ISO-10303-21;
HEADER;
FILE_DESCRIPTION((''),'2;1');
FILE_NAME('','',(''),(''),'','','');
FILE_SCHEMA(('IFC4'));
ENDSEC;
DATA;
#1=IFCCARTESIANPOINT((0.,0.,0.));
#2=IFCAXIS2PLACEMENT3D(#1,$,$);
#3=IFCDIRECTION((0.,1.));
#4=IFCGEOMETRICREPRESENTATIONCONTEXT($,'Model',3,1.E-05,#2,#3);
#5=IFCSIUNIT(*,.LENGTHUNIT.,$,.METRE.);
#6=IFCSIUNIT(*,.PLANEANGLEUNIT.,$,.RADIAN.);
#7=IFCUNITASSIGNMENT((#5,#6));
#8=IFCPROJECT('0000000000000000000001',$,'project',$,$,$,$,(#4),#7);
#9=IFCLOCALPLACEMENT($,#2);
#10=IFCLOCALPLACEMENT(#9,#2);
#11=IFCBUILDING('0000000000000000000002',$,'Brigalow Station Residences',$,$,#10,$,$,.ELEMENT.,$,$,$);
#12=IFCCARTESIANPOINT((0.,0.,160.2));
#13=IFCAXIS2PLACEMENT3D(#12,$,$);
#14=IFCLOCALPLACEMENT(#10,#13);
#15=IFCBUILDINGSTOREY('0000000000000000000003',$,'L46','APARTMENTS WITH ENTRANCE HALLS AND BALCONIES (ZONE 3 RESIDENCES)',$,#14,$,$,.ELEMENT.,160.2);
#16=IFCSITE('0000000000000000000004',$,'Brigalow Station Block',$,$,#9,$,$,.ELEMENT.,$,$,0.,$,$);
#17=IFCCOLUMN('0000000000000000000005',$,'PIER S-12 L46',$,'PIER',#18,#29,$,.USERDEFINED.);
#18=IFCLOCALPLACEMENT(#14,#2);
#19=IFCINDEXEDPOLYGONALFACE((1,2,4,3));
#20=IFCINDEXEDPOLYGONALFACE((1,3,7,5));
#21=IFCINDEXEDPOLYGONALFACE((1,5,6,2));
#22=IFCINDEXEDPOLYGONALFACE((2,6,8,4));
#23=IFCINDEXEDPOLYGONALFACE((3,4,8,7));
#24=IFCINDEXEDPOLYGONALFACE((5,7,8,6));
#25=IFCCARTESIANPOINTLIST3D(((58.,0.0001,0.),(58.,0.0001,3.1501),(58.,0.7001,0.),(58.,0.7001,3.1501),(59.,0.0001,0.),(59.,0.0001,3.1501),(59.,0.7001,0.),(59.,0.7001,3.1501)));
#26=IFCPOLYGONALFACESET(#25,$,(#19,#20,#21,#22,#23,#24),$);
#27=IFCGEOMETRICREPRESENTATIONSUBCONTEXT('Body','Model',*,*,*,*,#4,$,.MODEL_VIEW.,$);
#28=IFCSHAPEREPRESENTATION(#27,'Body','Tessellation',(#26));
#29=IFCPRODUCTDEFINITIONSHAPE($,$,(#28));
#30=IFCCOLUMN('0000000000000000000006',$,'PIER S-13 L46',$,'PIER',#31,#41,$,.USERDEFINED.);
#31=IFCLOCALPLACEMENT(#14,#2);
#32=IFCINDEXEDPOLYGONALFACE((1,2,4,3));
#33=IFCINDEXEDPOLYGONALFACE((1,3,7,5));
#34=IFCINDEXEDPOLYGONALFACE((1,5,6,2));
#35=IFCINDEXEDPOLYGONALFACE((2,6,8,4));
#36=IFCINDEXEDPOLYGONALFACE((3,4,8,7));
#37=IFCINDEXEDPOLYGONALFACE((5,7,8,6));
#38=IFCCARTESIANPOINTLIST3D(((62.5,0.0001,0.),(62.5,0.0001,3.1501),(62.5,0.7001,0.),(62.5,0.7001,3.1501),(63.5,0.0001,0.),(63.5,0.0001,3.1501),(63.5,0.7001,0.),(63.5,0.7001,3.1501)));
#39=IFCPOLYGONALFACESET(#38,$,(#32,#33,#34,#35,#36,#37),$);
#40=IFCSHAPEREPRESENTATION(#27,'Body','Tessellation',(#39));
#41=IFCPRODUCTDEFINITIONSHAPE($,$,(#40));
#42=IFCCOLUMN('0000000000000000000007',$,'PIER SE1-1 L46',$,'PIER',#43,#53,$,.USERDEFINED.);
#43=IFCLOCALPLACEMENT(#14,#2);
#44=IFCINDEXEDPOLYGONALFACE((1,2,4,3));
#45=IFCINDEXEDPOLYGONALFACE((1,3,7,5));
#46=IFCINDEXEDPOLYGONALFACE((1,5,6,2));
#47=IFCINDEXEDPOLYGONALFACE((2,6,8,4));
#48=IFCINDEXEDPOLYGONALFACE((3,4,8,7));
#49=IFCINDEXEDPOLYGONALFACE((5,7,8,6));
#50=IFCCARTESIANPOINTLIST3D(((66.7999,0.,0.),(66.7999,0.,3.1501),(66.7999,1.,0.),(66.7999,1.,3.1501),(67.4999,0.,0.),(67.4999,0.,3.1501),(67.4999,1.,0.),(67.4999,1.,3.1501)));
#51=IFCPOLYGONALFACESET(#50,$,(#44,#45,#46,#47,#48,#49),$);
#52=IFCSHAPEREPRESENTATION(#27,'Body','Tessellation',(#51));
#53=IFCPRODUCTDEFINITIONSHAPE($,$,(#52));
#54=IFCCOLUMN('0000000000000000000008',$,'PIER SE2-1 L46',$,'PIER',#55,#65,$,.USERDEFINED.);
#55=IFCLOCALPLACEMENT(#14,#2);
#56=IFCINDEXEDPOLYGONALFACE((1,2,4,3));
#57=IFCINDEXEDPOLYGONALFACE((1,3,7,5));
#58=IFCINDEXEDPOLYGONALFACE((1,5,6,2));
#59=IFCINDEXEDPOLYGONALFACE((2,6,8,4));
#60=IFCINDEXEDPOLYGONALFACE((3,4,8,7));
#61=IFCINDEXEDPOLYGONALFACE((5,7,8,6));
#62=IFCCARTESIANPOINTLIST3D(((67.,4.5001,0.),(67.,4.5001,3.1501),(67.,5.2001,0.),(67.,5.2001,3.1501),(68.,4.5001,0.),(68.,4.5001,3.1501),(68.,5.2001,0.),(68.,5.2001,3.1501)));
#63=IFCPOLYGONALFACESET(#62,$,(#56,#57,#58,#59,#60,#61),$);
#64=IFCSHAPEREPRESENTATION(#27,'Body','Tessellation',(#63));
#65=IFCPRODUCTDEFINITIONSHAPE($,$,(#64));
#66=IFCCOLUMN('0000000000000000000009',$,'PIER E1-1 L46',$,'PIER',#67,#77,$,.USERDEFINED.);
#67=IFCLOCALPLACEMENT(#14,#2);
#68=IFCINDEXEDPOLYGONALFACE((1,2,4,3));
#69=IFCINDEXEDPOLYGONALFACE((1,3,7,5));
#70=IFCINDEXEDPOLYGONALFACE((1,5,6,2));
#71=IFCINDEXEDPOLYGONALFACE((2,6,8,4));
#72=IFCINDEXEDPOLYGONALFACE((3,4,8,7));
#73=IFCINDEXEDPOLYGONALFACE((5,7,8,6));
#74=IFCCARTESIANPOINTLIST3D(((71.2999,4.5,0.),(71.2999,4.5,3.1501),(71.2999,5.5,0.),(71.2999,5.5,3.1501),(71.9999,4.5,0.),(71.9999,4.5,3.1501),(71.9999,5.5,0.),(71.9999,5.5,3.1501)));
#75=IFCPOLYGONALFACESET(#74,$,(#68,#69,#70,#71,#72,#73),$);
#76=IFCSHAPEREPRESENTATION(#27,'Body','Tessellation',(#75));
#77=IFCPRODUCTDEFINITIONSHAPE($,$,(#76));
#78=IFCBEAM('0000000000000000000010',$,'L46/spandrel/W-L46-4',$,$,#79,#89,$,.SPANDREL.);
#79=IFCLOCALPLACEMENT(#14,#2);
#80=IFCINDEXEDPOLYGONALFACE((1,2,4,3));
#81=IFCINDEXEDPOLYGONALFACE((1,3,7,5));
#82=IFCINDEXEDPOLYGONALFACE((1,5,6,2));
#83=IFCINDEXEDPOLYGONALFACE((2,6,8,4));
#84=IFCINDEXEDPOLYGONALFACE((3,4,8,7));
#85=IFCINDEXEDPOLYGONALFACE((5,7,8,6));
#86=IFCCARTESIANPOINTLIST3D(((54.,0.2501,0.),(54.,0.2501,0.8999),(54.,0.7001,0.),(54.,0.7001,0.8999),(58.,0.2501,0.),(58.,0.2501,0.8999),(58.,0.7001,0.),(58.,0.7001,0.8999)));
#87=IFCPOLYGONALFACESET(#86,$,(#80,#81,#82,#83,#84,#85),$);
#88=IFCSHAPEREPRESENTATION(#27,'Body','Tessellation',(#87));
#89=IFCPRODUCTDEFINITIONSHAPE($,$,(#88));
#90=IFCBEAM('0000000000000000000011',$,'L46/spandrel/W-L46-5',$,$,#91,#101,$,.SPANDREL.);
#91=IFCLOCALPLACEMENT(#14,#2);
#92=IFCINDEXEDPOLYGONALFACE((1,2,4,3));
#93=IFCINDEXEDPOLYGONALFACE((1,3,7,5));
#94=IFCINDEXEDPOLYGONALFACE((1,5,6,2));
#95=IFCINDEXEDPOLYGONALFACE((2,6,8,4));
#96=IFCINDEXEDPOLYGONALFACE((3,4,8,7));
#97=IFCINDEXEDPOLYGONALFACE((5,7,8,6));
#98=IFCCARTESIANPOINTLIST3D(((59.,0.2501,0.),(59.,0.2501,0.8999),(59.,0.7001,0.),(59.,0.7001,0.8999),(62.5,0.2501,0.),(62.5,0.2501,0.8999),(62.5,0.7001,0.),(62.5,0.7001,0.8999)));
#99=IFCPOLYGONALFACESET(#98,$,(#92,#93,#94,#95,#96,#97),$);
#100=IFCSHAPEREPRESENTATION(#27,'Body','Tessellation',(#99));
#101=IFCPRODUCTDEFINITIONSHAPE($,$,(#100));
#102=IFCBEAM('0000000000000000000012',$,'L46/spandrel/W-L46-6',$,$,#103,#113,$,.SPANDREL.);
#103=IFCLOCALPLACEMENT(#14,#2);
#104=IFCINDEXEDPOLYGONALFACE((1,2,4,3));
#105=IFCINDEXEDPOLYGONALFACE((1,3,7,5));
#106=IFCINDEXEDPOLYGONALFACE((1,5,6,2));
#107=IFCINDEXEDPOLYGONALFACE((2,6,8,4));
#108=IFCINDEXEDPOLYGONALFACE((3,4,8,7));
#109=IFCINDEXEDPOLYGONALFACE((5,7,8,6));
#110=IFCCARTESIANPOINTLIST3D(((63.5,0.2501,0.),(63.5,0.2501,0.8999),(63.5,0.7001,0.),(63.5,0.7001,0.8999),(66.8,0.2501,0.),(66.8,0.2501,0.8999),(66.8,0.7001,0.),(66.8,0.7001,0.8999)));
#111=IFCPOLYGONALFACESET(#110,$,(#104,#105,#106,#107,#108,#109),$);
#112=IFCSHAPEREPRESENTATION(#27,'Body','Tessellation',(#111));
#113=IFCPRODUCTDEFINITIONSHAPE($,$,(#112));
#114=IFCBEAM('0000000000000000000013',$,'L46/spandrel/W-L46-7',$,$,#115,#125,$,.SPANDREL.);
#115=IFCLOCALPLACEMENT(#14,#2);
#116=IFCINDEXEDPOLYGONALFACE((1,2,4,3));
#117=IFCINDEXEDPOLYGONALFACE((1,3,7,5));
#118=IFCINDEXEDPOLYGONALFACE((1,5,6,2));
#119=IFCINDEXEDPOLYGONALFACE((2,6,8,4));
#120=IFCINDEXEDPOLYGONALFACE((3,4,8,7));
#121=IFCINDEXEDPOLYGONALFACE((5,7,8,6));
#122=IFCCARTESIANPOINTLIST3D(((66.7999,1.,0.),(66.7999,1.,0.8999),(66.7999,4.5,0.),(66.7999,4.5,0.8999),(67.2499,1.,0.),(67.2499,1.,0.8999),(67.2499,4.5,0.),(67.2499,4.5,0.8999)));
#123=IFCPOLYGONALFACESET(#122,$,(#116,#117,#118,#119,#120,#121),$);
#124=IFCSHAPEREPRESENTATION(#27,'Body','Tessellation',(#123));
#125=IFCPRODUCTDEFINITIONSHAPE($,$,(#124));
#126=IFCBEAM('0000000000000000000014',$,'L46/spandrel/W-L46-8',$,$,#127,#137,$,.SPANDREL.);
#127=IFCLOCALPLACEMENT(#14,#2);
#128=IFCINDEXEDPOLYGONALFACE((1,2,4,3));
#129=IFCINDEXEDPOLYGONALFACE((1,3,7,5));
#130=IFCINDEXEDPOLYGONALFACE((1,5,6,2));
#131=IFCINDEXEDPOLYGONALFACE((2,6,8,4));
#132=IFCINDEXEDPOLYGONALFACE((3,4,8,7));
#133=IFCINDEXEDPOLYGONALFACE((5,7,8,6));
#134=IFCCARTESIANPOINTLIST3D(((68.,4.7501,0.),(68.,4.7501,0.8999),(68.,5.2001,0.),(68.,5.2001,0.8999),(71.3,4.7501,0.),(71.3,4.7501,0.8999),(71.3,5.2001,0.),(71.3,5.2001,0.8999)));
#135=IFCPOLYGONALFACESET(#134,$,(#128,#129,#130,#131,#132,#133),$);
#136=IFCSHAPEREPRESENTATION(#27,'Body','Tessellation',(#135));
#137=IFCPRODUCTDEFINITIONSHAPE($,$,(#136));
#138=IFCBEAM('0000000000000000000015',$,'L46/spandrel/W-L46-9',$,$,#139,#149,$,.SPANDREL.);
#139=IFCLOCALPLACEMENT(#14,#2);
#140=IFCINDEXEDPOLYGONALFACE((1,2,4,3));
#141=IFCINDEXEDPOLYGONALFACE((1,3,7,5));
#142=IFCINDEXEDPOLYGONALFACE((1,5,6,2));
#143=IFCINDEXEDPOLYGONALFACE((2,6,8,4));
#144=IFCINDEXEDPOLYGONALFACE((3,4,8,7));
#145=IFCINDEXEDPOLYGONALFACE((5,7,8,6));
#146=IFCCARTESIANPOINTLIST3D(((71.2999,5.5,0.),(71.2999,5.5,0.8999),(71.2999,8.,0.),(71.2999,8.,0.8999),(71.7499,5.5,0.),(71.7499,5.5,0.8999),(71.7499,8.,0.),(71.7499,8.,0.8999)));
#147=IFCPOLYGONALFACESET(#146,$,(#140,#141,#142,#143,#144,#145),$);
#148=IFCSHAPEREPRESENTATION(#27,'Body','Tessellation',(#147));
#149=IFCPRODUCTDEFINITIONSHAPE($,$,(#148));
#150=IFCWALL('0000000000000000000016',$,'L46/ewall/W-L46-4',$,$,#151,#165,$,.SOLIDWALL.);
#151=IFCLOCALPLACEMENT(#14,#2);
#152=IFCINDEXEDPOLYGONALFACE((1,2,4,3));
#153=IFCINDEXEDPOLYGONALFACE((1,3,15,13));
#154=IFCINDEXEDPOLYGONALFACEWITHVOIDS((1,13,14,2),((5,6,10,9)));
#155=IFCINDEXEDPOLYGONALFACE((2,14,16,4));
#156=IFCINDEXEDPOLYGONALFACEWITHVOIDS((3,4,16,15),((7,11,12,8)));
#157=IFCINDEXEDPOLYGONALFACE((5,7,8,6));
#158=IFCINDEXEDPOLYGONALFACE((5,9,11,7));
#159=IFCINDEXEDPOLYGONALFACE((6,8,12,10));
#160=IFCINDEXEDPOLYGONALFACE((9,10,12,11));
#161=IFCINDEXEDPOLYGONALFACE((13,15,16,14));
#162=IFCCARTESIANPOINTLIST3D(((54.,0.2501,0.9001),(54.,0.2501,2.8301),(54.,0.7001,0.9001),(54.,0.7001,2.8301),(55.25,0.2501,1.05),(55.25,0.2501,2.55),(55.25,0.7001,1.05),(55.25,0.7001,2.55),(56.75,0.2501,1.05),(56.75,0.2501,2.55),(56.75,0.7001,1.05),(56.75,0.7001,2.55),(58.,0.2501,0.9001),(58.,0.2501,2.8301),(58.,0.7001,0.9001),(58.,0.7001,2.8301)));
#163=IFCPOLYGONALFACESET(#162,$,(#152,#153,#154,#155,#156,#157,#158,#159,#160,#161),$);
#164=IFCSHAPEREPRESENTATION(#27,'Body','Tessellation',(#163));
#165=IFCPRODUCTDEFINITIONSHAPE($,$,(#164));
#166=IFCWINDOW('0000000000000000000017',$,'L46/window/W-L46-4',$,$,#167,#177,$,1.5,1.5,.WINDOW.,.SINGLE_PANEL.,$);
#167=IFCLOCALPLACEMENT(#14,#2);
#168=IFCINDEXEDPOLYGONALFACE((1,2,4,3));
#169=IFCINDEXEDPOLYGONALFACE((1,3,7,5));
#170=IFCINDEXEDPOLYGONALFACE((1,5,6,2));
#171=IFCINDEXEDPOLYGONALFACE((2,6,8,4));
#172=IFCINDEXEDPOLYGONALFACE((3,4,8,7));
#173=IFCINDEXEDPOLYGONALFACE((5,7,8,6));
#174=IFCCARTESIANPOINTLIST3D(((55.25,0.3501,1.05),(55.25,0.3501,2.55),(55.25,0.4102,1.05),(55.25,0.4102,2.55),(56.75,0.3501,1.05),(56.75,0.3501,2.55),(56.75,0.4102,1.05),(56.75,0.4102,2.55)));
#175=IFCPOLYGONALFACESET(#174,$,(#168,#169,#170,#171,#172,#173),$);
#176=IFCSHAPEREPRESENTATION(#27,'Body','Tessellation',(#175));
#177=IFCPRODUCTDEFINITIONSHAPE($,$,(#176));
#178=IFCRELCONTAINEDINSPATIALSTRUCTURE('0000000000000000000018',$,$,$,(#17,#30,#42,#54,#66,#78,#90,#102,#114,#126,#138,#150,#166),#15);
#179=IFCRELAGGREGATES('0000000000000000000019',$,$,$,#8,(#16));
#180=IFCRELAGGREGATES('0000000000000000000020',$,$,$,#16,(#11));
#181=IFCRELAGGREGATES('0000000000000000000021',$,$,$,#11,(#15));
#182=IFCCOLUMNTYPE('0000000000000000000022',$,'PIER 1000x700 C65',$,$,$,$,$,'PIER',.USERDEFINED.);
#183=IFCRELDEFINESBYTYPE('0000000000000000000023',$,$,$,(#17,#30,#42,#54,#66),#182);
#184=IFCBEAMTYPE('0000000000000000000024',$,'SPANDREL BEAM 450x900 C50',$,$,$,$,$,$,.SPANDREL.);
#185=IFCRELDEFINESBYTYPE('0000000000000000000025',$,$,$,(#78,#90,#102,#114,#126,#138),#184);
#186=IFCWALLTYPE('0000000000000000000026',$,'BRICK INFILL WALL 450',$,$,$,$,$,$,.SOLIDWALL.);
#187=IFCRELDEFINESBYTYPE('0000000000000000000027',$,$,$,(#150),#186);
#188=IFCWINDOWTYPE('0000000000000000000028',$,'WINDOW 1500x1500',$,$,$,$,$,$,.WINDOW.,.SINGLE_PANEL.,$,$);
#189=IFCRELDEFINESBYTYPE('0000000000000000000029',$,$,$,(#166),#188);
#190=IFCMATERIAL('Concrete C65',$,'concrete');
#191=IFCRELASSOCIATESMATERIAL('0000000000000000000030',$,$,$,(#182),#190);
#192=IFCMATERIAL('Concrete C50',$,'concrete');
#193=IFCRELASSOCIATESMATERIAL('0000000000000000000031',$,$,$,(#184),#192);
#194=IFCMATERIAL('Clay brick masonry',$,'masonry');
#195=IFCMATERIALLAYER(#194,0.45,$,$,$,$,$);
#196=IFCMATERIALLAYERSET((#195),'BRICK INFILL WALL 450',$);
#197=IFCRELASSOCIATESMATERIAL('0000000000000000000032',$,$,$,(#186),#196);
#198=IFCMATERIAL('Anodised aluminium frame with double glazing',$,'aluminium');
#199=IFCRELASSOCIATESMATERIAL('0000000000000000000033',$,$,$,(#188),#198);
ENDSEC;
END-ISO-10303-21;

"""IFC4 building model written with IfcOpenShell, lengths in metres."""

from ifc_helpers import new_model, si_unit, direction, frame, frame_2d, origin, origin_2d, place, context, subcontext, project, spatial, rectangle, extrude, material, layer, layer_set, material_profile, profile_set, type_object, element, fill, save


model = new_model("IFC4")

# Units and contexts
model_context = context("Model", 3, precision=1e-05, world=origin(), true_north=direction((0.0, 1.0)))
body_context = subcontext(model_context, "Body", "Model", "MODEL_VIEW")
ifc_project = project(units=[si_unit("LENGTHUNIT", "METRE"), si_unit("PLANEANGLEUNIT", "RADIAN")], contexts=[model_context])

# Site, building, storey
site_placement = place(None, origin())
site = spatial("IfcSite", under=ifc_project, at=site_placement, Name="Brigalow Station Block", CompositionType="ELEMENT", RefElevation=0.0)
building_placement = place(site_placement, origin())
building = spatial("IfcBuilding", under=site, at=building_placement, Name="Brigalow Station Residences", CompositionType="ELEMENT")
storey_placement = place(building_placement, frame((0.0, 0.0, 160.2)))
storey = spatial("IfcBuildingStorey", under=building, at=storey_placement, Name="L46", Description="APARTMENTS WITH ENTRANCE HALLS AND BALCONIES (ZONE 3 RESIDENCES)", CompositionType="ELEMENT", Elevation=160.2)

# Columns
ifc_material_1 = material(Name="Concrete C65", Category="concrete")
ifc_material_profile_1 = material_profile(ifc_material_1, rectangle(XDim=1.0, YDim=0.7, at=origin_2d()), Name="RC1000x700")
ifc_profile_set_1 = profile_set([ifc_material_profile_1], Name="Concrete C65")
column_type = type_object("IfcColumnType", Name="PIER 1000x700 C65", ElementType="PIER", PredefinedType="USERDEFINED", material=ifc_profile_set_1)
for number, where, z_axis, x_axis, name in (
    (1, (58.5, 0.3501, 0.0), (0.0, 0.0, 1.0), (1.0, 0.0, 0.0), "PIER S-12 L46"),
    (2, (63.0, 0.3501, 0.0), (0.0, 0.0, 1.0), (1.0, 0.0, 0.0), "PIER S-13 L46"),
    (3, (67.1499, 0.5, 0.0), (0.0, 0.0, 1.0), (0.0, 1.0, 0.0), "PIER SE1-1 L46"),
    (4, (67.5, 4.8501, 0.0), (0.0, 0.0, 1.0), (1.0, 0.0, 0.0), "PIER SE2-1 L46"),
    (5, (71.6499, 5.0, 0.0), (0.0, 0.0, 1.0), (0.0, 1.0, 0.0), "PIER E1-1 L46"),
):
    element("IfcColumn", number, at=place(storey_placement, frame(where, z_axis=z_axis, x_axis=x_axis)), inside=storey, type_object=column_type, Name=name, ObjectType="PIER", PredefinedType="USERDEFINED", context=body_context, shape_type="SweptSolid", body=[
        extrude(rectangle(XDim=1.0, YDim=0.7, at=origin_2d()), origin(), (0.0, 0.0, 1.0), 3.1501),
    ])

# Beams
ifc_material_2 = material(Name="Concrete C50", Category="concrete")
ifc_material_profile_2 = material_profile(ifc_material_2, rectangle(XDim=0.45, YDim=0.8999, at=origin_2d()), Name="RC450x900")
ifc_profile_set_2 = profile_set([ifc_material_profile_2], Name="Concrete C50")
beam_type = type_object("IfcBeamType", Name="SPANDREL BEAM 450x900 C50", PredefinedType="SPANDREL", material=ifc_profile_set_2)
beam_1_placement = place(storey_placement, frame((54.0, 0.4751, 0.45), z_axis=(1.0, 0.0, 0.0), x_axis=(0.0, 1.0, 0.0)))
element("IfcBeam", 6, at=beam_1_placement, inside=storey, type_object=beam_type, Name="L46/spandrel/W-L46-4", PredefinedType="SPANDREL", context=body_context, shape_type="SweptSolid", body=[
    extrude(rectangle(XDim=0.45, YDim=0.8999, at=origin_2d()), origin(), (0.0, 0.0, 1.0), 4.0),
])
beam_2_placement = place(storey_placement, frame((59.0, 0.4751, 0.45), z_axis=(1.0, 0.0, 0.0), x_axis=(0.0, 1.0, 0.0)))
element("IfcBeam", 7, at=beam_2_placement, inside=storey, type_object=beam_type, Name="L46/spandrel/W-L46-5", PredefinedType="SPANDREL", context=body_context, shape_type="SweptSolid", body=[
    extrude(rectangle(XDim=0.45, YDim=0.8999, at=origin_2d()), origin(), (0.0, 0.0, 1.0), 3.5),
])
beam_3_placement = place(storey_placement, frame((63.5, 0.4751, 0.45), z_axis=(1.0, 0.0, 0.0), x_axis=(0.0, 1.0, 0.0)))
element("IfcBeam", 8, at=beam_3_placement, inside=storey, type_object=beam_type, Name="L46/spandrel/W-L46-6", PredefinedType="SPANDREL", context=body_context, shape_type="SweptSolid", body=[
    extrude(rectangle(XDim=0.45, YDim=0.8999, at=origin_2d()), origin(), (0.0, 0.0, 1.0), 3.3),
])
beam_4_placement = place(storey_placement, frame((67.0249, 1.0, 0.45), z_axis=(0.0, 1.0, 0.0), x_axis=(-1.0, 0.0, 0.0)))
element("IfcBeam", 9, at=beam_4_placement, inside=storey, type_object=beam_type, Name="L46/spandrel/W-L46-7", PredefinedType="SPANDREL", context=body_context, shape_type="SweptSolid", body=[
    extrude(rectangle(XDim=0.45, YDim=0.8999, at=origin_2d()), origin(), (0.0, 0.0, 1.0), 3.5),
])
beam_5_placement = place(storey_placement, frame((68.0, 4.9751, 0.45), z_axis=(1.0, 0.0, 0.0), x_axis=(0.0, 1.0, 0.0)))
element("IfcBeam", 10, at=beam_5_placement, inside=storey, type_object=beam_type, Name="L46/spandrel/W-L46-8", PredefinedType="SPANDREL", context=body_context, shape_type="SweptSolid", body=[
    extrude(rectangle(XDim=0.45, YDim=0.8999, at=origin_2d()), origin(), (0.0, 0.0, 1.0), 3.3),
])
beam_6_placement = place(storey_placement, frame((71.5249, 5.5, 0.45), z_axis=(0.0, 1.0, 0.0), x_axis=(-1.0, 0.0, 0.0)))
element("IfcBeam", 11, at=beam_6_placement, inside=storey, type_object=beam_type, Name="L46/spandrel/W-L46-9", PredefinedType="SPANDREL", context=body_context, shape_type="SweptSolid", body=[
    extrude(rectangle(XDim=0.45, YDim=0.8999, at=origin_2d()), origin(), (0.0, 0.0, 1.0), 2.5),
])

# Wall, opening, window
ifc_material_3 = material(Name="Clay brick masonry", Category="masonry")
ifc_layer_1 = layer(ifc_material_3, 0.45)
ifc_layer_set_1 = layer_set([ifc_layer_1], Name="BRICK INFILL WALL 450")
wall_type_1 = type_object("IfcWallType", Name="BRICK INFILL WALL 450", PredefinedType="SOLIDWALL", material=ifc_layer_set_1)
wall_1_placement = place(storey_placement, frame((54.0, 0.4751, 0.9001), z_axis=(0.0, 0.0, 1.0), x_axis=(1.0, 0.0, 0.0)))
wall_1 = element("IfcWall", 12, at=wall_1_placement, inside=storey, type_object=wall_type_1, Name="L46/ewall/W-L46-4", PredefinedType="SOLIDWALL", context=body_context, shape_type="SweptSolid", body=[
    extrude(rectangle(XDim=4.0, YDim=0.45, at=frame_2d((2.0, 0.0))), origin(), (0.0, 0.0, 1.0), 1.9299),
])
opening_1_placement = place(wall_1_placement, frame((1.25, 0.0, 0.1499)))
opening_1 = element("IfcOpeningElement", 13, at=opening_1_placement, cuts=wall_1, PredefinedType="OPENING", context=body_context, shape_type="SweptSolid", body=[
    extrude(rectangle(XDim=1.5, YDim=1.5, at=frame_2d((0.75, 0.75))), frame((0.0, 0.2349, 0.0), z_axis=(0.0, -1.0, 0.0), x_axis=(1.0, 0.0, 0.0)), (0.0, 0.0, 1.0), 0.47),
])
ifc_material_4 = material(Name="Anodised aluminium frame with double glazing", Category="aluminium")
window_type_1 = type_object("IfcWindowType", Name="WINDOW 1500x1500", PartitioningType="SINGLE_PANEL", PredefinedType="WINDOW", material=ifc_material_4)
window_1_placement = place(opening_1_placement, origin())
window_1 = element("IfcWindow", 14, at=window_1_placement, inside=storey, type_object=window_type_1, Name="L46/window/W-L46-4", OverallHeight=1.5, OverallWidth=1.5, PartitioningType="SINGLE_PANEL", PredefinedType="WINDOW", context=body_context, shape_type="SweptSolid", body=[
    extrude(rectangle(XDim=1.5, YDim=1.5, at=frame_2d((0.75, 0.75))), frame((0.0, -0.0649, 0.0), z_axis=(0.0, -1.0, 0.0), x_axis=(1.0, 0.0, 0.0)), (0.0, 0.0, 1.0), 0.0601),
])
fill(opening_1, window_1)

save(model, "model.ifc")
